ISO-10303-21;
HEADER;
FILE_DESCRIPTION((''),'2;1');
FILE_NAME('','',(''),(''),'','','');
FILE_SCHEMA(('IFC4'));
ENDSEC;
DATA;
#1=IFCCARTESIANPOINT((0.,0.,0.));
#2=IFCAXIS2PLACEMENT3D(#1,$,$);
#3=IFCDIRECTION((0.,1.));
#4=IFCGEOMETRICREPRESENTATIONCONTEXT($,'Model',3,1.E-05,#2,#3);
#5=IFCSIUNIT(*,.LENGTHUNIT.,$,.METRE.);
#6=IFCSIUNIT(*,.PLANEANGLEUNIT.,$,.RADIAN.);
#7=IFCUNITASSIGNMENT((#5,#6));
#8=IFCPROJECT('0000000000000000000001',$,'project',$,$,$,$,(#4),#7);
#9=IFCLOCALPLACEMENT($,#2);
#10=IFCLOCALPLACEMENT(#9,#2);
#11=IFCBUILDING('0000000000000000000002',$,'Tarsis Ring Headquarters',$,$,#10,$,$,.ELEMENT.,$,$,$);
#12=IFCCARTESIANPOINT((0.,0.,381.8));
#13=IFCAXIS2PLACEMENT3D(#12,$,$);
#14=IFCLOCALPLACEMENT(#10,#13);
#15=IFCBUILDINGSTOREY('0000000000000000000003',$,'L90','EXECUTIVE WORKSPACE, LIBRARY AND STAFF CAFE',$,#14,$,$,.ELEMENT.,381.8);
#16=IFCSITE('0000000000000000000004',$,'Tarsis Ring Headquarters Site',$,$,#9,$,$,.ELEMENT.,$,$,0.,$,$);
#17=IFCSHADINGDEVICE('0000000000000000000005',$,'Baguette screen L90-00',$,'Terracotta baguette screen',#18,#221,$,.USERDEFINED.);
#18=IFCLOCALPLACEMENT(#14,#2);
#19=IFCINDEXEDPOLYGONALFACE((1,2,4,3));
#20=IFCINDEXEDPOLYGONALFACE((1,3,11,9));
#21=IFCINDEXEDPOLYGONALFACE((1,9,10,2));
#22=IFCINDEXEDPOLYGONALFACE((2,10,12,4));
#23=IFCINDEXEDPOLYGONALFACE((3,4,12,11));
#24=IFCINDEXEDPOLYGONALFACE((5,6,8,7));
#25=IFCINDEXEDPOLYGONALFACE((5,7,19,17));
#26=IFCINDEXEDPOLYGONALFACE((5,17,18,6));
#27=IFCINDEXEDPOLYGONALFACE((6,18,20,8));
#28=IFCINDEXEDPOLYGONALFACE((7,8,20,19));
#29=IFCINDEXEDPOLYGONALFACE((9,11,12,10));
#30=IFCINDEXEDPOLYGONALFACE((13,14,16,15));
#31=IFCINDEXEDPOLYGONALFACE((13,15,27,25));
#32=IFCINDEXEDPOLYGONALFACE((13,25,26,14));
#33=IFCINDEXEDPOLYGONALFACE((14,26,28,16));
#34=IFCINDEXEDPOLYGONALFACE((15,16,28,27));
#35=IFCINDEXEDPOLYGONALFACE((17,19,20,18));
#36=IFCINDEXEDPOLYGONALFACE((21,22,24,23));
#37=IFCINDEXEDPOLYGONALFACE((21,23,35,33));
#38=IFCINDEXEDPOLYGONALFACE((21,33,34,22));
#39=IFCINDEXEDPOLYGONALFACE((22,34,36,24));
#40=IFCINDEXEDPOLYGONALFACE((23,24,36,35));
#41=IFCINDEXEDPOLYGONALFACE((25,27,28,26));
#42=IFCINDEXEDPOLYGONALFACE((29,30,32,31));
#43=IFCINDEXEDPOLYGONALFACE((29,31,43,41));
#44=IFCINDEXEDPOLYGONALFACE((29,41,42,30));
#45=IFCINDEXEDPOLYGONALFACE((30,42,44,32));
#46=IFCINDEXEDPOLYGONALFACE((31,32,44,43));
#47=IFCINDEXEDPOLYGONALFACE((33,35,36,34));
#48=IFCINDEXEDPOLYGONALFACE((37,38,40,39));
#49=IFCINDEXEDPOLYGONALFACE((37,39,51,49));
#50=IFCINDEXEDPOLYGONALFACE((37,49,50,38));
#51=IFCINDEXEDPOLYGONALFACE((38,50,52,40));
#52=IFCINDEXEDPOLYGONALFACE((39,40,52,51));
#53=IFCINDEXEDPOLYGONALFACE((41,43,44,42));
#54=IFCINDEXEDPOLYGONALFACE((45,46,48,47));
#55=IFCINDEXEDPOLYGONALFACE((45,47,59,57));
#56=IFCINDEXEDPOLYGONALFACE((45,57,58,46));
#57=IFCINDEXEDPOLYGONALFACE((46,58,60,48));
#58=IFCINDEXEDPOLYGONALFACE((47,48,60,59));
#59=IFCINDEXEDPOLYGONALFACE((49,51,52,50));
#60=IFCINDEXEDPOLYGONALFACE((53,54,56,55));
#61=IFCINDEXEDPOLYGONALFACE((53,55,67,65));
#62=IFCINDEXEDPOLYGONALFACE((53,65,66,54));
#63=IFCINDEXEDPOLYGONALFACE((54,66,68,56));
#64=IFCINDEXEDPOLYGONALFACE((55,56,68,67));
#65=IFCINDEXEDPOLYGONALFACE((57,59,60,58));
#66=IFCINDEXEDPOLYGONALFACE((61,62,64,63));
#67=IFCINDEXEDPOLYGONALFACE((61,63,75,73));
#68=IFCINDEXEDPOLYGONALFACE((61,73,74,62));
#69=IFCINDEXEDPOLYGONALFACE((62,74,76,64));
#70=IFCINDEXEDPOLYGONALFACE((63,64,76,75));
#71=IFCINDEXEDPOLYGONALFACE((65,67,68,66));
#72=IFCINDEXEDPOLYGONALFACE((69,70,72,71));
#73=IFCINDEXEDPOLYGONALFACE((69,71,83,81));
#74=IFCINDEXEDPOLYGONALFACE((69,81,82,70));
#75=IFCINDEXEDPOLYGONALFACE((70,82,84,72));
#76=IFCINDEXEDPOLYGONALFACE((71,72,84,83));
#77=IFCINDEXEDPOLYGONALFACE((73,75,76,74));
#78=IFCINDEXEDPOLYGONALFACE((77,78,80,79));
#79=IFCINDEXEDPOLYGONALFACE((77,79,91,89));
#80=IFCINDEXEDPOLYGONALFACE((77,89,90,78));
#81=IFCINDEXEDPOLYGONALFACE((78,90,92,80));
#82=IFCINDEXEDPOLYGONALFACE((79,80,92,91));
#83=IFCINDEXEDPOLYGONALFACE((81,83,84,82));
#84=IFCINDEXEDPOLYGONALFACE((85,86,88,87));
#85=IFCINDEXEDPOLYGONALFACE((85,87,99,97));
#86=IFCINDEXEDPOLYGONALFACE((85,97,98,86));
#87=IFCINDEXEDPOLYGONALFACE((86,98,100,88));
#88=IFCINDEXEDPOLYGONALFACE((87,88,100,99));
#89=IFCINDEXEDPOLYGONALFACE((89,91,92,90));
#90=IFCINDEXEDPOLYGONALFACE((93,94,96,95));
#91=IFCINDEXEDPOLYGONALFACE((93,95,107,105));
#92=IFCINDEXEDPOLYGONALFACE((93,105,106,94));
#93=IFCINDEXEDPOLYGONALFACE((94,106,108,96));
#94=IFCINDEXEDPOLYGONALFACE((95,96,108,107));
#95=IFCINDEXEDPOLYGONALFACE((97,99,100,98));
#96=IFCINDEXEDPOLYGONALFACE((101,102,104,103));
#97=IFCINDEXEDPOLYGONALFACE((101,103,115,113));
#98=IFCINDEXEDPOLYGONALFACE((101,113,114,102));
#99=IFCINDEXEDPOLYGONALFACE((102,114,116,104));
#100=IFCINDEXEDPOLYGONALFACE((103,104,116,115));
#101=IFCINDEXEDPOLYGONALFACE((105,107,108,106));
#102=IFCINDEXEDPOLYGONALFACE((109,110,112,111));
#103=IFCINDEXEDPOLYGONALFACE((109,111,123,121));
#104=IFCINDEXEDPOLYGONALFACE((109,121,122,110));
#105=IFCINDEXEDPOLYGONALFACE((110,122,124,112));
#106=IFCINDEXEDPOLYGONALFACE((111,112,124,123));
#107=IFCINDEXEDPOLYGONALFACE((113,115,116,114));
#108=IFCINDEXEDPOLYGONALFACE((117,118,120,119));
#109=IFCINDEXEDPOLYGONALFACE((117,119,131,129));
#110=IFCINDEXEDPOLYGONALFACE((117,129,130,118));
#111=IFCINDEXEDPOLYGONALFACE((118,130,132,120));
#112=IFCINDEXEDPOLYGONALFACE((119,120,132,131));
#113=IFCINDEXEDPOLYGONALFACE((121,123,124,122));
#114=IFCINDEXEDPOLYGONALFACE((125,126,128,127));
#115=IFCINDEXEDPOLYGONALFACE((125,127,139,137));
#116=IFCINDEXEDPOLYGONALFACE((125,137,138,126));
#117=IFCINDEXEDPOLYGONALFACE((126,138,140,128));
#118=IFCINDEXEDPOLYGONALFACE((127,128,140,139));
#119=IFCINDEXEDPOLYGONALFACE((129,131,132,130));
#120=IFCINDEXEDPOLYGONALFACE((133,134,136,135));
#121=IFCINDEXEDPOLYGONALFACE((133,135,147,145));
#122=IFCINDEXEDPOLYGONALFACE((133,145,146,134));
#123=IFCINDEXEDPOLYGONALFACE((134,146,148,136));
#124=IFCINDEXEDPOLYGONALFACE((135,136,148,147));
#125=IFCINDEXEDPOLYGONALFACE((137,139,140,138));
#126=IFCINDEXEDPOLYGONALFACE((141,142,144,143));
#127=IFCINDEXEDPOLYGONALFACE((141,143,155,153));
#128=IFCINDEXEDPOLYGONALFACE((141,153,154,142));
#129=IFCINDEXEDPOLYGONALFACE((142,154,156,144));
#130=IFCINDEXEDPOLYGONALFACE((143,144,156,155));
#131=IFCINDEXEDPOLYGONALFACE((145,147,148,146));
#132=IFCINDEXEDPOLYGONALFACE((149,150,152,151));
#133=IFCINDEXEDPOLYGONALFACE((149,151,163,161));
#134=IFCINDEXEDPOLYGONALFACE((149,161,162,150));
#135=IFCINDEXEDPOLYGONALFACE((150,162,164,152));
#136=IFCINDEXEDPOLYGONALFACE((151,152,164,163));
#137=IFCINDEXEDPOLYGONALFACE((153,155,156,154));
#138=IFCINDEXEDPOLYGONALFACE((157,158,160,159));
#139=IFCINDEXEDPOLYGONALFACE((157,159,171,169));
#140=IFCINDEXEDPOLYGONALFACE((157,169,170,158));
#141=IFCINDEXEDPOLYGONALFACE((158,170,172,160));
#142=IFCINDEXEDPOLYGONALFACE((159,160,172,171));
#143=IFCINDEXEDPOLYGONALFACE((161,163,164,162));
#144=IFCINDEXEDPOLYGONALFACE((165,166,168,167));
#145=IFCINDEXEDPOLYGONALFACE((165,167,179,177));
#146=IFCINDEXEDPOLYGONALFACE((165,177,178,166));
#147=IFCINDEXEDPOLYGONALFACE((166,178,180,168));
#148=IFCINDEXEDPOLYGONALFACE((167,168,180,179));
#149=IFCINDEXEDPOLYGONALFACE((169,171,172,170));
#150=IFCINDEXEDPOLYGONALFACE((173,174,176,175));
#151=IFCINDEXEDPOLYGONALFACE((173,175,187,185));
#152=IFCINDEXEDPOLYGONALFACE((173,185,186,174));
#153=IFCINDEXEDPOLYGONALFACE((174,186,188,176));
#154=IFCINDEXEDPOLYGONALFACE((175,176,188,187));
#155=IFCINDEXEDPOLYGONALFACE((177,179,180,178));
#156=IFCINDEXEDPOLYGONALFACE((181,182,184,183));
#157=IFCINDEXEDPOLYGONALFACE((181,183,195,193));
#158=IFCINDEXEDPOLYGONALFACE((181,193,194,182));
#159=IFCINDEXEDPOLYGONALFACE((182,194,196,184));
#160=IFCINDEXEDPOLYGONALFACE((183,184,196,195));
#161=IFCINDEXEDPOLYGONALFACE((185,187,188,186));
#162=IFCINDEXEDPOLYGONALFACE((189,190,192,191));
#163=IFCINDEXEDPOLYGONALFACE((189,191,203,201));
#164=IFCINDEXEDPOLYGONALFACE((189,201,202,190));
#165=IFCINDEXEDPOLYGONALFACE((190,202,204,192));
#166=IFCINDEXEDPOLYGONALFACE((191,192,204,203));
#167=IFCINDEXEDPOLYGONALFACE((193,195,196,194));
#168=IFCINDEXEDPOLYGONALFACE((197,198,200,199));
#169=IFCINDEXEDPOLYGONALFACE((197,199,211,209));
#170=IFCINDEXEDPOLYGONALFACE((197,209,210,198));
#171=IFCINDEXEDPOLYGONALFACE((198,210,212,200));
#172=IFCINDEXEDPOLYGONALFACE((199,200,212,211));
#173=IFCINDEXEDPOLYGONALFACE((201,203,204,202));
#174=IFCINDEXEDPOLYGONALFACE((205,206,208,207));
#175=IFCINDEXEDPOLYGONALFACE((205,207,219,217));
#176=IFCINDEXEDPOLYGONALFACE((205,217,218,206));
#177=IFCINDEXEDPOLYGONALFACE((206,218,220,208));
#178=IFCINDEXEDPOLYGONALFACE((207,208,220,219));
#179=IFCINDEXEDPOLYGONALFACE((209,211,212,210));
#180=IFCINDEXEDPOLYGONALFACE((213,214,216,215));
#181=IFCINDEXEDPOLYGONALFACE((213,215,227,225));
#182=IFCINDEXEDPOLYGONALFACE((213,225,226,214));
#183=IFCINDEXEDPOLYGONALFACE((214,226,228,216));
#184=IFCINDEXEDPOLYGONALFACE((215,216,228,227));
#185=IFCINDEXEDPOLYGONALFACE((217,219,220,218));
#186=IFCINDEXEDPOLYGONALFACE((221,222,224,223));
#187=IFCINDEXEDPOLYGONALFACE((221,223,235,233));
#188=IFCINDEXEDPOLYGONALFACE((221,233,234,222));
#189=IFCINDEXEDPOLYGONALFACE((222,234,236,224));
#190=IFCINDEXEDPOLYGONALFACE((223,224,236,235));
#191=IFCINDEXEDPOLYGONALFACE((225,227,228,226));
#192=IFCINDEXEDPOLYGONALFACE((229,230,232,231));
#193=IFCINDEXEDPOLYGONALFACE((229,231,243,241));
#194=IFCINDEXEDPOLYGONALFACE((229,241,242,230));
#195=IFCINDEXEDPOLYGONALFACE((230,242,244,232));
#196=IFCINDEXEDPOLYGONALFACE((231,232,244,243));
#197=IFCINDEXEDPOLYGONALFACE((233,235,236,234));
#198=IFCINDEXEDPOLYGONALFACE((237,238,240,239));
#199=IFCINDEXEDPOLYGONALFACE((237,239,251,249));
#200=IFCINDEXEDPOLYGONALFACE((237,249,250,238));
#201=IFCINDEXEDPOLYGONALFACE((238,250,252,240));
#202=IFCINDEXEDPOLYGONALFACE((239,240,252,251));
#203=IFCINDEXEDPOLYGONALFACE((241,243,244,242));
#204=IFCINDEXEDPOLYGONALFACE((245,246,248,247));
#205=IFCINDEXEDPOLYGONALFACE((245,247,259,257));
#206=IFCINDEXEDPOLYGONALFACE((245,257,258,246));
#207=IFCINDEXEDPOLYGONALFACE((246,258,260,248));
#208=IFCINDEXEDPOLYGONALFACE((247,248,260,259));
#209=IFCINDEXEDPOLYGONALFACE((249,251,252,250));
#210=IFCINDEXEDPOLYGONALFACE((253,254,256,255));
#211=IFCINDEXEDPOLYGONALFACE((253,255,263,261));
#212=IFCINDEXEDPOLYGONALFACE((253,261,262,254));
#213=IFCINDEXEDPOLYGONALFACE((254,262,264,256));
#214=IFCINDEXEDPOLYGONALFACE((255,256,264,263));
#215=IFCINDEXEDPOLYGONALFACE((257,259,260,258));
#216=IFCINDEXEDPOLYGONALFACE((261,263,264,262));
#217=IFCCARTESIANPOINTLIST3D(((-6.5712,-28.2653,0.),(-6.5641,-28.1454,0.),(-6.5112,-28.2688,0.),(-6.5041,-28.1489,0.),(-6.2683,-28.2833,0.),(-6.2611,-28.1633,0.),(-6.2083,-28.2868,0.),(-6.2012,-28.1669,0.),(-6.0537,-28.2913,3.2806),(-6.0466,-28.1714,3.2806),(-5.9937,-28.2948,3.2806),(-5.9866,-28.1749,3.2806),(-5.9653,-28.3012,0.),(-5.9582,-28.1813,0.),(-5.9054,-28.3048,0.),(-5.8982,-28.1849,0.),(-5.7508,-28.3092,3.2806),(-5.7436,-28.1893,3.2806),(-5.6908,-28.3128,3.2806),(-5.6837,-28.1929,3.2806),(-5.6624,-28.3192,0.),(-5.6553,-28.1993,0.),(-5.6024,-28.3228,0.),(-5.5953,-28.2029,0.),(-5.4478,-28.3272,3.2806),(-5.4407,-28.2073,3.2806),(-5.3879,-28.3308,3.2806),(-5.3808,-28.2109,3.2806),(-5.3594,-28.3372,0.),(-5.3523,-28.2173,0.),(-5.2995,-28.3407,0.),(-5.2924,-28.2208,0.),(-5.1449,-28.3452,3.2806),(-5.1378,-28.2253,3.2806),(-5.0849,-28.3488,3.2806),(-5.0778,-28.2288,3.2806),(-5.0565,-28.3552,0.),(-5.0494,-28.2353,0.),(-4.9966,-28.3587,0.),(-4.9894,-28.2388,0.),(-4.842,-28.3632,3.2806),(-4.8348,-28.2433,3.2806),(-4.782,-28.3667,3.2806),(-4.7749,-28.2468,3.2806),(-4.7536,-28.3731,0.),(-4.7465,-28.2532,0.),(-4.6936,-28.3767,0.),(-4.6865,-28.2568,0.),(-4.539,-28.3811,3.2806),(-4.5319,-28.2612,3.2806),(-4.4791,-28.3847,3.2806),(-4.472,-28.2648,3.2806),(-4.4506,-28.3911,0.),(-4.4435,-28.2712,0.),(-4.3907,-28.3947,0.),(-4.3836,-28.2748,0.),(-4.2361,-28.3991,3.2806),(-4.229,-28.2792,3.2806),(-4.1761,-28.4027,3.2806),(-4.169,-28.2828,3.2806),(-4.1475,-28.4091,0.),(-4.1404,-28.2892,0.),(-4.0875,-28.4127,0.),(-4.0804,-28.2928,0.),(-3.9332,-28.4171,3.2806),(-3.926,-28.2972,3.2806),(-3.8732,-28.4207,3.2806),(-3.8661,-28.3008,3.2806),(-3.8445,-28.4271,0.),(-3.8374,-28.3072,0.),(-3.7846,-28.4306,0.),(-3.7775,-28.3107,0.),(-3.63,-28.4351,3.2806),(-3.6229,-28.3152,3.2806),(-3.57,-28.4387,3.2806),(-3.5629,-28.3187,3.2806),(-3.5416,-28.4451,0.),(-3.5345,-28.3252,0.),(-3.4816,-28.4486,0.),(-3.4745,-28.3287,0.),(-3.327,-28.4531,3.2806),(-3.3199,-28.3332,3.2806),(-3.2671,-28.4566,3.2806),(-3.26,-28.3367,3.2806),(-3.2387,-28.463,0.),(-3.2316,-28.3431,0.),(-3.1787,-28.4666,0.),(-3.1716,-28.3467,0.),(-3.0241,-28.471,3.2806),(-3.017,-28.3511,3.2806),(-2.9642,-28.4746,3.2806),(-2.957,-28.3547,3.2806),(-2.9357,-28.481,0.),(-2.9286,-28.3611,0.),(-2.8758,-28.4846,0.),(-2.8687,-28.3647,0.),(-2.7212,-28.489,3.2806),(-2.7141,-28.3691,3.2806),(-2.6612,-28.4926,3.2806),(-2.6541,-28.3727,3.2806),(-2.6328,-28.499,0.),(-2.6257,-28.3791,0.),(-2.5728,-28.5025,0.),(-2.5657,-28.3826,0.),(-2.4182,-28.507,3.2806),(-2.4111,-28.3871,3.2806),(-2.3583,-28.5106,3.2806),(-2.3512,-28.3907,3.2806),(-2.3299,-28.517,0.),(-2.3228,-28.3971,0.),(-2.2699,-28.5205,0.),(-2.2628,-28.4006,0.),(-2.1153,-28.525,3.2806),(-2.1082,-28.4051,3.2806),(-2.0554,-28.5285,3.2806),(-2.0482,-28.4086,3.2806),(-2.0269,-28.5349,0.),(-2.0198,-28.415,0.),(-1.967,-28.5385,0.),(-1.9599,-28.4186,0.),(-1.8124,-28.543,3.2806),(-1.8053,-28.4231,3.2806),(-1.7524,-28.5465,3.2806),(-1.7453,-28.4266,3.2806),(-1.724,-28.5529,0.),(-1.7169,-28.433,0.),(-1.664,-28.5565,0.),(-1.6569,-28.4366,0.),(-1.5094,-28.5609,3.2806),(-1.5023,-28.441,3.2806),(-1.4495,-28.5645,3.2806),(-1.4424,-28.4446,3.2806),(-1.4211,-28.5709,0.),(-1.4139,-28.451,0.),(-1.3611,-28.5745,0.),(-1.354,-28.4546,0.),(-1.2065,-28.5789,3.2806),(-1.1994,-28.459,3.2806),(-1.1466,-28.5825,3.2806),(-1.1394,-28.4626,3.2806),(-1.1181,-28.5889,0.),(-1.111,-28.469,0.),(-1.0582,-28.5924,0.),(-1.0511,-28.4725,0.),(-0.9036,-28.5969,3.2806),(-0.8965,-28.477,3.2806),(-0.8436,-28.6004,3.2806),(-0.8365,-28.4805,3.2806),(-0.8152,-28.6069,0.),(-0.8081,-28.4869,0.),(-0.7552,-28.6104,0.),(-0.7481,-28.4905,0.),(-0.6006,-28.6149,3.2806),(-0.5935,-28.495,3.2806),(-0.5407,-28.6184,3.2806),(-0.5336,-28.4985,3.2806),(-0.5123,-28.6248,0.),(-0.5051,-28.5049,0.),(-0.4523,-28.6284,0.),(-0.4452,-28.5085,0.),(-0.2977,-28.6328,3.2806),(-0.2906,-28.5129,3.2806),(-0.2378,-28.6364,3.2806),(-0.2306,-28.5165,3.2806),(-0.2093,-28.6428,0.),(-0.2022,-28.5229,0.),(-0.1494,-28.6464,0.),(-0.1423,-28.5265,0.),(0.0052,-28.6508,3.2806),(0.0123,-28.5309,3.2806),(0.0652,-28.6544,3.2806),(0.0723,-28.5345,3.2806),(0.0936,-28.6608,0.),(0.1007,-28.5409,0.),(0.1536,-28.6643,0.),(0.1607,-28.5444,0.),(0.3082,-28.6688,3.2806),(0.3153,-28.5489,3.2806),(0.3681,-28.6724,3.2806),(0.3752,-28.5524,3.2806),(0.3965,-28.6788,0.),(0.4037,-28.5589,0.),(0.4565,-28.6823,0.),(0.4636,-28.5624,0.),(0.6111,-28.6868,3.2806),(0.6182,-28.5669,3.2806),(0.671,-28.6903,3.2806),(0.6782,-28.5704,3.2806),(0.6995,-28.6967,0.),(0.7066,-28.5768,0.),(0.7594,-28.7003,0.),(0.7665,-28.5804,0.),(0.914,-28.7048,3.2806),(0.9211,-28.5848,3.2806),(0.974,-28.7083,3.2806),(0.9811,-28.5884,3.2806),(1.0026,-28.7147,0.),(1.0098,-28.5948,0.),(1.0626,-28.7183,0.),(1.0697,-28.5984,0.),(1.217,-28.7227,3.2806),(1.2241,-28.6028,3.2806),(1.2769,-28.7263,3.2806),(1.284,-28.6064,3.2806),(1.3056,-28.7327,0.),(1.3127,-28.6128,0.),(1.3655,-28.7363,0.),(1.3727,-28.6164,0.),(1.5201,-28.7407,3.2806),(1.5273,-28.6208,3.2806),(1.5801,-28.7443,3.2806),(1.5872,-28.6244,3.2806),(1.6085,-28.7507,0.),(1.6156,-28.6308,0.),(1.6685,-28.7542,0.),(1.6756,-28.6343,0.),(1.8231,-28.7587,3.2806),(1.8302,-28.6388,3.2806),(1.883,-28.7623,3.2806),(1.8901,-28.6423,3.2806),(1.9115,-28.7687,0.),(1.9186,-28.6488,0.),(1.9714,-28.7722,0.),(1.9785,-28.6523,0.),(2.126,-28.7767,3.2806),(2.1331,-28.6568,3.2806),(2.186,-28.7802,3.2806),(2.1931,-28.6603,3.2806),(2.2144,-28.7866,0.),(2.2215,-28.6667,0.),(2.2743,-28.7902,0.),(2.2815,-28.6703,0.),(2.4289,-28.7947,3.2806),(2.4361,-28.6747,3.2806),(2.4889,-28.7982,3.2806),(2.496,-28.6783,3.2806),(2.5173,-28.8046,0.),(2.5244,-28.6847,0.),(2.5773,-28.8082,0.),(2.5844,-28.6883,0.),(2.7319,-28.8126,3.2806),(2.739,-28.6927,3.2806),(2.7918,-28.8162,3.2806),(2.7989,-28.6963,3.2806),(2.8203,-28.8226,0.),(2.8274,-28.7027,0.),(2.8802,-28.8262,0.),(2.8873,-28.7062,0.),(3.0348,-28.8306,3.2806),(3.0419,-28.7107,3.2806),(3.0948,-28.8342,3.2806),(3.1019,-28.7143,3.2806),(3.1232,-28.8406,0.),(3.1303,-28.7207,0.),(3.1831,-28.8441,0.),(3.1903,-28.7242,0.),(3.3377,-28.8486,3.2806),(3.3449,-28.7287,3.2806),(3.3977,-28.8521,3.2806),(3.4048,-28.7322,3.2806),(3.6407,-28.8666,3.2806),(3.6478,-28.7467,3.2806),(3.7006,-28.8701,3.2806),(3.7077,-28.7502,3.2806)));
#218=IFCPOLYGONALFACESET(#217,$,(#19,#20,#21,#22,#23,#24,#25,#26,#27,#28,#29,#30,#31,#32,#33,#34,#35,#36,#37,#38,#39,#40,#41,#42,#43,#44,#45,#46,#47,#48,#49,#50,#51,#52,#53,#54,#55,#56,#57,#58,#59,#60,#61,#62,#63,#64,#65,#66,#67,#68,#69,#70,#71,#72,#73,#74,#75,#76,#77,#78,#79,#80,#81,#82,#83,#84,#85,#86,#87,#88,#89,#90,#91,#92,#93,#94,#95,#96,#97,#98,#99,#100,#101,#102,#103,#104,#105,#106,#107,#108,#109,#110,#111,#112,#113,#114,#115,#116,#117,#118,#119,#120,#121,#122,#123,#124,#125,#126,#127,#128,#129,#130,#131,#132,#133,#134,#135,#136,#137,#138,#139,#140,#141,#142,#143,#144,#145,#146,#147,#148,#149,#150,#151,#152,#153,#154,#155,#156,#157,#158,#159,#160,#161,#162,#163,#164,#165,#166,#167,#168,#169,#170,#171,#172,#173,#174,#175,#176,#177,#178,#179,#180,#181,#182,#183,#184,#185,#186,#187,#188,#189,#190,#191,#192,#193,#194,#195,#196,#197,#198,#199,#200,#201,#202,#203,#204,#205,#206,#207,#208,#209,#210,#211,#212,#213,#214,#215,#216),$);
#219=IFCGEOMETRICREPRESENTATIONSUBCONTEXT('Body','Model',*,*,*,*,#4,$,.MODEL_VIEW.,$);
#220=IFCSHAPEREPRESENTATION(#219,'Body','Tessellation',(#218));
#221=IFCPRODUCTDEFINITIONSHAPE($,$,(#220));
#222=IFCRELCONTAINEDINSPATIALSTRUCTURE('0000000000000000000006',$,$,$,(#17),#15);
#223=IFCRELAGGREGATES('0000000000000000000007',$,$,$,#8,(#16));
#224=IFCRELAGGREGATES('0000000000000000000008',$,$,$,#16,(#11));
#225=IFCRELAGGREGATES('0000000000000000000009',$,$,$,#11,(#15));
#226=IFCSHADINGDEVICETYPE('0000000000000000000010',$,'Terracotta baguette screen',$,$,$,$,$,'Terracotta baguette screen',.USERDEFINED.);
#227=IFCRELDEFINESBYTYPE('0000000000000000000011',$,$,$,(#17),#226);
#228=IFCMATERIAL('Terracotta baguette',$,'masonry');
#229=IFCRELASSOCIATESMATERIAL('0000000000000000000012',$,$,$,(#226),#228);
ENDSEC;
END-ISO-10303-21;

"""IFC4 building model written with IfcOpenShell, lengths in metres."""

from ifc_helpers import new_model, si_unit, direction, frame, frame_2d, origin, place, context, subcontext, project, spatial, rectangle, composite_profile, extrude, material, type_object, element, save


model = new_model("IFC4")

# Units and contexts
model_context = context("Model", 3, precision=1e-05, world=origin(), true_north=direction((0.0, 1.0)))
body_context = subcontext(model_context, "Body", "Model", "MODEL_VIEW")
ifc_project = project(units=[si_unit("LENGTHUNIT", "METRE"), si_unit("PLANEANGLEUNIT", "RADIAN")], contexts=[model_context])

# Site, building, storey
site_placement = place(None, origin())
site = spatial("IfcSite", under=ifc_project, at=site_placement, Name="Tarsis Ring Headquarters Site", CompositionType="ELEMENT", RefElevation=0.0)
building_placement = place(site_placement, origin())
building = spatial("IfcBuilding", under=site, at=building_placement, Name="Tarsis Ring Headquarters", CompositionType="ELEMENT")
storey_placement = place(building_placement, frame((0.0, 0.0, 381.8)))
storey = spatial("IfcBuildingStorey", under=building, at=storey_placement, Name="L90", Description="EXECUTIVE WORKSPACE, LIBRARY AND STAFF CAFE", CompositionType="ELEMENT", Elevation=381.8)

# Shading device
ifc_material_1 = material(Name="Terracotta baguette", Category="masonry")
shading_device_type = type_object("IfcShadingDeviceType", Name="Terracotta baguette screen", ElementType="Terracotta baguette screen", PredefinedType="USERDEFINED", material=ifc_material_1)
shading_device_placement = place(storey_placement, frame((-6.5676, -28.2053, 0.0), z_axis=(0.0, 0.0, 1.0), x_axis=(0.998251, -0.059239, 0.0)))
element("IfcShadingDevice", 1, at=shading_device_placement, inside=storey, type_object=shading_device_type, Name="Baguette screen L90-00", ObjectType="Terracotta baguette screen", PredefinedType="USERDEFINED", context=body_context, shape_type="SweptSolid", body=[
    extrude(composite_profile([rectangle(XDim=0.0601, YDim=0.1201, at=frame_2d((0.03, 0.0))), rectangle(XDim=0.0601, YDim=0.1201, at=frame_2d((0.3335, 0.0))), rectangle(XDim=0.0601, YDim=0.1201, at=frame_2d((0.637, 0.0))), rectangle(XDim=0.0601, YDim=0.1201, at=frame_2d((0.9404, 0.0))), rectangle(XDim=0.0601, YDim=0.1201, at=frame_2d((1.2439, 0.0))), rectangle(XDim=0.0601, YDim=0.1201, at=frame_2d((1.5474, 0.0))), rectangle(XDim=0.0601, YDim=0.1201, at=frame_2d((1.8508, 0.0))), rectangle(XDim=0.0601, YDim=0.1201, at=frame_2d((2.1543, 0.0))), rectangle(XDim=0.0601, YDim=0.1201, at=frame_2d((2.458, 0.0))), rectangle(XDim=0.0601, YDim=0.1201, at=frame_2d((2.7615, 0.0))), rectangle(XDim=0.0601, YDim=0.1201, at=frame_2d((3.0649, 0.0))), rectangle(XDim=0.0601, YDim=0.1201, at=frame_2d((3.3684, 0.0))), rectangle(XDim=0.0601, YDim=0.1201, at=frame_2d((3.6719, 0.0))), rectangle(XDim=0.0601, YDim=0.1201, at=frame_2d((3.9753, 0.0))), rectangle(XDim=0.0601, YDim=0.1201, at=frame_2d((4.2788, 0.0))), rectangle(XDim=0.0601, YDim=0.1201, at=frame_2d((4.5823, 0.0))), rectangle(XDim=0.0601, YDim=0.1201, at=frame_2d((4.8857, 0.0))), rectangle(XDim=0.0601, YDim=0.1201, at=frame_2d((5.1892, 0.0))), rectangle(XDim=0.0601, YDim=0.1201, at=frame_2d((5.4927, 0.0))), rectangle(XDim=0.0601, YDim=0.1201, at=frame_2d((5.7961, 0.0))), rectangle(XDim=0.0601, YDim=0.1201, at=frame_2d((6.0996, 0.0))), rectangle(XDim=0.0601, YDim=0.1201, at=frame_2d((6.4031, 0.0))), rectangle(XDim=0.0601, YDim=0.1201, at=frame_2d((6.7065, 0.0))), rectangle(XDim=0.0601, YDim=0.1201, at=frame_2d((7.01, 0.0))), rectangle(XDim=0.0601, YDim=0.1201, at=frame_2d((7.3135, 0.0))), rectangle(XDim=0.0601, YDim=0.1201, at=frame_2d((7.6172, 0.0))), rectangle(XDim=0.0601, YDim=0.1201, at=frame_2d((7.9207, 0.0))), rectangle(XDim=0.0601, YDim=0.1201, at=frame_2d((8.2241, 0.0))), rectangle(XDim=0.0601, YDim=0.1201, at=frame_2d((8.5276, 0.0))), rectangle(XDim=0.0601, YDim=0.1201, at=frame_2d((8.8311, 0.0))), rectangle(XDim=0.0601, YDim=0.1201, at=frame_2d((9.1345, 0.0))), rectangle(XDim=0.0601, YDim=0.1201, at=frame_2d((9.438, 0.0))), rectangle(XDim=0.0601, YDim=0.1201, at=frame_2d((9.7415, 0.0)))]), origin(), (0.156, 0.001419, 0.987756), 3.3213),
])

save(model, "model.ifc")
